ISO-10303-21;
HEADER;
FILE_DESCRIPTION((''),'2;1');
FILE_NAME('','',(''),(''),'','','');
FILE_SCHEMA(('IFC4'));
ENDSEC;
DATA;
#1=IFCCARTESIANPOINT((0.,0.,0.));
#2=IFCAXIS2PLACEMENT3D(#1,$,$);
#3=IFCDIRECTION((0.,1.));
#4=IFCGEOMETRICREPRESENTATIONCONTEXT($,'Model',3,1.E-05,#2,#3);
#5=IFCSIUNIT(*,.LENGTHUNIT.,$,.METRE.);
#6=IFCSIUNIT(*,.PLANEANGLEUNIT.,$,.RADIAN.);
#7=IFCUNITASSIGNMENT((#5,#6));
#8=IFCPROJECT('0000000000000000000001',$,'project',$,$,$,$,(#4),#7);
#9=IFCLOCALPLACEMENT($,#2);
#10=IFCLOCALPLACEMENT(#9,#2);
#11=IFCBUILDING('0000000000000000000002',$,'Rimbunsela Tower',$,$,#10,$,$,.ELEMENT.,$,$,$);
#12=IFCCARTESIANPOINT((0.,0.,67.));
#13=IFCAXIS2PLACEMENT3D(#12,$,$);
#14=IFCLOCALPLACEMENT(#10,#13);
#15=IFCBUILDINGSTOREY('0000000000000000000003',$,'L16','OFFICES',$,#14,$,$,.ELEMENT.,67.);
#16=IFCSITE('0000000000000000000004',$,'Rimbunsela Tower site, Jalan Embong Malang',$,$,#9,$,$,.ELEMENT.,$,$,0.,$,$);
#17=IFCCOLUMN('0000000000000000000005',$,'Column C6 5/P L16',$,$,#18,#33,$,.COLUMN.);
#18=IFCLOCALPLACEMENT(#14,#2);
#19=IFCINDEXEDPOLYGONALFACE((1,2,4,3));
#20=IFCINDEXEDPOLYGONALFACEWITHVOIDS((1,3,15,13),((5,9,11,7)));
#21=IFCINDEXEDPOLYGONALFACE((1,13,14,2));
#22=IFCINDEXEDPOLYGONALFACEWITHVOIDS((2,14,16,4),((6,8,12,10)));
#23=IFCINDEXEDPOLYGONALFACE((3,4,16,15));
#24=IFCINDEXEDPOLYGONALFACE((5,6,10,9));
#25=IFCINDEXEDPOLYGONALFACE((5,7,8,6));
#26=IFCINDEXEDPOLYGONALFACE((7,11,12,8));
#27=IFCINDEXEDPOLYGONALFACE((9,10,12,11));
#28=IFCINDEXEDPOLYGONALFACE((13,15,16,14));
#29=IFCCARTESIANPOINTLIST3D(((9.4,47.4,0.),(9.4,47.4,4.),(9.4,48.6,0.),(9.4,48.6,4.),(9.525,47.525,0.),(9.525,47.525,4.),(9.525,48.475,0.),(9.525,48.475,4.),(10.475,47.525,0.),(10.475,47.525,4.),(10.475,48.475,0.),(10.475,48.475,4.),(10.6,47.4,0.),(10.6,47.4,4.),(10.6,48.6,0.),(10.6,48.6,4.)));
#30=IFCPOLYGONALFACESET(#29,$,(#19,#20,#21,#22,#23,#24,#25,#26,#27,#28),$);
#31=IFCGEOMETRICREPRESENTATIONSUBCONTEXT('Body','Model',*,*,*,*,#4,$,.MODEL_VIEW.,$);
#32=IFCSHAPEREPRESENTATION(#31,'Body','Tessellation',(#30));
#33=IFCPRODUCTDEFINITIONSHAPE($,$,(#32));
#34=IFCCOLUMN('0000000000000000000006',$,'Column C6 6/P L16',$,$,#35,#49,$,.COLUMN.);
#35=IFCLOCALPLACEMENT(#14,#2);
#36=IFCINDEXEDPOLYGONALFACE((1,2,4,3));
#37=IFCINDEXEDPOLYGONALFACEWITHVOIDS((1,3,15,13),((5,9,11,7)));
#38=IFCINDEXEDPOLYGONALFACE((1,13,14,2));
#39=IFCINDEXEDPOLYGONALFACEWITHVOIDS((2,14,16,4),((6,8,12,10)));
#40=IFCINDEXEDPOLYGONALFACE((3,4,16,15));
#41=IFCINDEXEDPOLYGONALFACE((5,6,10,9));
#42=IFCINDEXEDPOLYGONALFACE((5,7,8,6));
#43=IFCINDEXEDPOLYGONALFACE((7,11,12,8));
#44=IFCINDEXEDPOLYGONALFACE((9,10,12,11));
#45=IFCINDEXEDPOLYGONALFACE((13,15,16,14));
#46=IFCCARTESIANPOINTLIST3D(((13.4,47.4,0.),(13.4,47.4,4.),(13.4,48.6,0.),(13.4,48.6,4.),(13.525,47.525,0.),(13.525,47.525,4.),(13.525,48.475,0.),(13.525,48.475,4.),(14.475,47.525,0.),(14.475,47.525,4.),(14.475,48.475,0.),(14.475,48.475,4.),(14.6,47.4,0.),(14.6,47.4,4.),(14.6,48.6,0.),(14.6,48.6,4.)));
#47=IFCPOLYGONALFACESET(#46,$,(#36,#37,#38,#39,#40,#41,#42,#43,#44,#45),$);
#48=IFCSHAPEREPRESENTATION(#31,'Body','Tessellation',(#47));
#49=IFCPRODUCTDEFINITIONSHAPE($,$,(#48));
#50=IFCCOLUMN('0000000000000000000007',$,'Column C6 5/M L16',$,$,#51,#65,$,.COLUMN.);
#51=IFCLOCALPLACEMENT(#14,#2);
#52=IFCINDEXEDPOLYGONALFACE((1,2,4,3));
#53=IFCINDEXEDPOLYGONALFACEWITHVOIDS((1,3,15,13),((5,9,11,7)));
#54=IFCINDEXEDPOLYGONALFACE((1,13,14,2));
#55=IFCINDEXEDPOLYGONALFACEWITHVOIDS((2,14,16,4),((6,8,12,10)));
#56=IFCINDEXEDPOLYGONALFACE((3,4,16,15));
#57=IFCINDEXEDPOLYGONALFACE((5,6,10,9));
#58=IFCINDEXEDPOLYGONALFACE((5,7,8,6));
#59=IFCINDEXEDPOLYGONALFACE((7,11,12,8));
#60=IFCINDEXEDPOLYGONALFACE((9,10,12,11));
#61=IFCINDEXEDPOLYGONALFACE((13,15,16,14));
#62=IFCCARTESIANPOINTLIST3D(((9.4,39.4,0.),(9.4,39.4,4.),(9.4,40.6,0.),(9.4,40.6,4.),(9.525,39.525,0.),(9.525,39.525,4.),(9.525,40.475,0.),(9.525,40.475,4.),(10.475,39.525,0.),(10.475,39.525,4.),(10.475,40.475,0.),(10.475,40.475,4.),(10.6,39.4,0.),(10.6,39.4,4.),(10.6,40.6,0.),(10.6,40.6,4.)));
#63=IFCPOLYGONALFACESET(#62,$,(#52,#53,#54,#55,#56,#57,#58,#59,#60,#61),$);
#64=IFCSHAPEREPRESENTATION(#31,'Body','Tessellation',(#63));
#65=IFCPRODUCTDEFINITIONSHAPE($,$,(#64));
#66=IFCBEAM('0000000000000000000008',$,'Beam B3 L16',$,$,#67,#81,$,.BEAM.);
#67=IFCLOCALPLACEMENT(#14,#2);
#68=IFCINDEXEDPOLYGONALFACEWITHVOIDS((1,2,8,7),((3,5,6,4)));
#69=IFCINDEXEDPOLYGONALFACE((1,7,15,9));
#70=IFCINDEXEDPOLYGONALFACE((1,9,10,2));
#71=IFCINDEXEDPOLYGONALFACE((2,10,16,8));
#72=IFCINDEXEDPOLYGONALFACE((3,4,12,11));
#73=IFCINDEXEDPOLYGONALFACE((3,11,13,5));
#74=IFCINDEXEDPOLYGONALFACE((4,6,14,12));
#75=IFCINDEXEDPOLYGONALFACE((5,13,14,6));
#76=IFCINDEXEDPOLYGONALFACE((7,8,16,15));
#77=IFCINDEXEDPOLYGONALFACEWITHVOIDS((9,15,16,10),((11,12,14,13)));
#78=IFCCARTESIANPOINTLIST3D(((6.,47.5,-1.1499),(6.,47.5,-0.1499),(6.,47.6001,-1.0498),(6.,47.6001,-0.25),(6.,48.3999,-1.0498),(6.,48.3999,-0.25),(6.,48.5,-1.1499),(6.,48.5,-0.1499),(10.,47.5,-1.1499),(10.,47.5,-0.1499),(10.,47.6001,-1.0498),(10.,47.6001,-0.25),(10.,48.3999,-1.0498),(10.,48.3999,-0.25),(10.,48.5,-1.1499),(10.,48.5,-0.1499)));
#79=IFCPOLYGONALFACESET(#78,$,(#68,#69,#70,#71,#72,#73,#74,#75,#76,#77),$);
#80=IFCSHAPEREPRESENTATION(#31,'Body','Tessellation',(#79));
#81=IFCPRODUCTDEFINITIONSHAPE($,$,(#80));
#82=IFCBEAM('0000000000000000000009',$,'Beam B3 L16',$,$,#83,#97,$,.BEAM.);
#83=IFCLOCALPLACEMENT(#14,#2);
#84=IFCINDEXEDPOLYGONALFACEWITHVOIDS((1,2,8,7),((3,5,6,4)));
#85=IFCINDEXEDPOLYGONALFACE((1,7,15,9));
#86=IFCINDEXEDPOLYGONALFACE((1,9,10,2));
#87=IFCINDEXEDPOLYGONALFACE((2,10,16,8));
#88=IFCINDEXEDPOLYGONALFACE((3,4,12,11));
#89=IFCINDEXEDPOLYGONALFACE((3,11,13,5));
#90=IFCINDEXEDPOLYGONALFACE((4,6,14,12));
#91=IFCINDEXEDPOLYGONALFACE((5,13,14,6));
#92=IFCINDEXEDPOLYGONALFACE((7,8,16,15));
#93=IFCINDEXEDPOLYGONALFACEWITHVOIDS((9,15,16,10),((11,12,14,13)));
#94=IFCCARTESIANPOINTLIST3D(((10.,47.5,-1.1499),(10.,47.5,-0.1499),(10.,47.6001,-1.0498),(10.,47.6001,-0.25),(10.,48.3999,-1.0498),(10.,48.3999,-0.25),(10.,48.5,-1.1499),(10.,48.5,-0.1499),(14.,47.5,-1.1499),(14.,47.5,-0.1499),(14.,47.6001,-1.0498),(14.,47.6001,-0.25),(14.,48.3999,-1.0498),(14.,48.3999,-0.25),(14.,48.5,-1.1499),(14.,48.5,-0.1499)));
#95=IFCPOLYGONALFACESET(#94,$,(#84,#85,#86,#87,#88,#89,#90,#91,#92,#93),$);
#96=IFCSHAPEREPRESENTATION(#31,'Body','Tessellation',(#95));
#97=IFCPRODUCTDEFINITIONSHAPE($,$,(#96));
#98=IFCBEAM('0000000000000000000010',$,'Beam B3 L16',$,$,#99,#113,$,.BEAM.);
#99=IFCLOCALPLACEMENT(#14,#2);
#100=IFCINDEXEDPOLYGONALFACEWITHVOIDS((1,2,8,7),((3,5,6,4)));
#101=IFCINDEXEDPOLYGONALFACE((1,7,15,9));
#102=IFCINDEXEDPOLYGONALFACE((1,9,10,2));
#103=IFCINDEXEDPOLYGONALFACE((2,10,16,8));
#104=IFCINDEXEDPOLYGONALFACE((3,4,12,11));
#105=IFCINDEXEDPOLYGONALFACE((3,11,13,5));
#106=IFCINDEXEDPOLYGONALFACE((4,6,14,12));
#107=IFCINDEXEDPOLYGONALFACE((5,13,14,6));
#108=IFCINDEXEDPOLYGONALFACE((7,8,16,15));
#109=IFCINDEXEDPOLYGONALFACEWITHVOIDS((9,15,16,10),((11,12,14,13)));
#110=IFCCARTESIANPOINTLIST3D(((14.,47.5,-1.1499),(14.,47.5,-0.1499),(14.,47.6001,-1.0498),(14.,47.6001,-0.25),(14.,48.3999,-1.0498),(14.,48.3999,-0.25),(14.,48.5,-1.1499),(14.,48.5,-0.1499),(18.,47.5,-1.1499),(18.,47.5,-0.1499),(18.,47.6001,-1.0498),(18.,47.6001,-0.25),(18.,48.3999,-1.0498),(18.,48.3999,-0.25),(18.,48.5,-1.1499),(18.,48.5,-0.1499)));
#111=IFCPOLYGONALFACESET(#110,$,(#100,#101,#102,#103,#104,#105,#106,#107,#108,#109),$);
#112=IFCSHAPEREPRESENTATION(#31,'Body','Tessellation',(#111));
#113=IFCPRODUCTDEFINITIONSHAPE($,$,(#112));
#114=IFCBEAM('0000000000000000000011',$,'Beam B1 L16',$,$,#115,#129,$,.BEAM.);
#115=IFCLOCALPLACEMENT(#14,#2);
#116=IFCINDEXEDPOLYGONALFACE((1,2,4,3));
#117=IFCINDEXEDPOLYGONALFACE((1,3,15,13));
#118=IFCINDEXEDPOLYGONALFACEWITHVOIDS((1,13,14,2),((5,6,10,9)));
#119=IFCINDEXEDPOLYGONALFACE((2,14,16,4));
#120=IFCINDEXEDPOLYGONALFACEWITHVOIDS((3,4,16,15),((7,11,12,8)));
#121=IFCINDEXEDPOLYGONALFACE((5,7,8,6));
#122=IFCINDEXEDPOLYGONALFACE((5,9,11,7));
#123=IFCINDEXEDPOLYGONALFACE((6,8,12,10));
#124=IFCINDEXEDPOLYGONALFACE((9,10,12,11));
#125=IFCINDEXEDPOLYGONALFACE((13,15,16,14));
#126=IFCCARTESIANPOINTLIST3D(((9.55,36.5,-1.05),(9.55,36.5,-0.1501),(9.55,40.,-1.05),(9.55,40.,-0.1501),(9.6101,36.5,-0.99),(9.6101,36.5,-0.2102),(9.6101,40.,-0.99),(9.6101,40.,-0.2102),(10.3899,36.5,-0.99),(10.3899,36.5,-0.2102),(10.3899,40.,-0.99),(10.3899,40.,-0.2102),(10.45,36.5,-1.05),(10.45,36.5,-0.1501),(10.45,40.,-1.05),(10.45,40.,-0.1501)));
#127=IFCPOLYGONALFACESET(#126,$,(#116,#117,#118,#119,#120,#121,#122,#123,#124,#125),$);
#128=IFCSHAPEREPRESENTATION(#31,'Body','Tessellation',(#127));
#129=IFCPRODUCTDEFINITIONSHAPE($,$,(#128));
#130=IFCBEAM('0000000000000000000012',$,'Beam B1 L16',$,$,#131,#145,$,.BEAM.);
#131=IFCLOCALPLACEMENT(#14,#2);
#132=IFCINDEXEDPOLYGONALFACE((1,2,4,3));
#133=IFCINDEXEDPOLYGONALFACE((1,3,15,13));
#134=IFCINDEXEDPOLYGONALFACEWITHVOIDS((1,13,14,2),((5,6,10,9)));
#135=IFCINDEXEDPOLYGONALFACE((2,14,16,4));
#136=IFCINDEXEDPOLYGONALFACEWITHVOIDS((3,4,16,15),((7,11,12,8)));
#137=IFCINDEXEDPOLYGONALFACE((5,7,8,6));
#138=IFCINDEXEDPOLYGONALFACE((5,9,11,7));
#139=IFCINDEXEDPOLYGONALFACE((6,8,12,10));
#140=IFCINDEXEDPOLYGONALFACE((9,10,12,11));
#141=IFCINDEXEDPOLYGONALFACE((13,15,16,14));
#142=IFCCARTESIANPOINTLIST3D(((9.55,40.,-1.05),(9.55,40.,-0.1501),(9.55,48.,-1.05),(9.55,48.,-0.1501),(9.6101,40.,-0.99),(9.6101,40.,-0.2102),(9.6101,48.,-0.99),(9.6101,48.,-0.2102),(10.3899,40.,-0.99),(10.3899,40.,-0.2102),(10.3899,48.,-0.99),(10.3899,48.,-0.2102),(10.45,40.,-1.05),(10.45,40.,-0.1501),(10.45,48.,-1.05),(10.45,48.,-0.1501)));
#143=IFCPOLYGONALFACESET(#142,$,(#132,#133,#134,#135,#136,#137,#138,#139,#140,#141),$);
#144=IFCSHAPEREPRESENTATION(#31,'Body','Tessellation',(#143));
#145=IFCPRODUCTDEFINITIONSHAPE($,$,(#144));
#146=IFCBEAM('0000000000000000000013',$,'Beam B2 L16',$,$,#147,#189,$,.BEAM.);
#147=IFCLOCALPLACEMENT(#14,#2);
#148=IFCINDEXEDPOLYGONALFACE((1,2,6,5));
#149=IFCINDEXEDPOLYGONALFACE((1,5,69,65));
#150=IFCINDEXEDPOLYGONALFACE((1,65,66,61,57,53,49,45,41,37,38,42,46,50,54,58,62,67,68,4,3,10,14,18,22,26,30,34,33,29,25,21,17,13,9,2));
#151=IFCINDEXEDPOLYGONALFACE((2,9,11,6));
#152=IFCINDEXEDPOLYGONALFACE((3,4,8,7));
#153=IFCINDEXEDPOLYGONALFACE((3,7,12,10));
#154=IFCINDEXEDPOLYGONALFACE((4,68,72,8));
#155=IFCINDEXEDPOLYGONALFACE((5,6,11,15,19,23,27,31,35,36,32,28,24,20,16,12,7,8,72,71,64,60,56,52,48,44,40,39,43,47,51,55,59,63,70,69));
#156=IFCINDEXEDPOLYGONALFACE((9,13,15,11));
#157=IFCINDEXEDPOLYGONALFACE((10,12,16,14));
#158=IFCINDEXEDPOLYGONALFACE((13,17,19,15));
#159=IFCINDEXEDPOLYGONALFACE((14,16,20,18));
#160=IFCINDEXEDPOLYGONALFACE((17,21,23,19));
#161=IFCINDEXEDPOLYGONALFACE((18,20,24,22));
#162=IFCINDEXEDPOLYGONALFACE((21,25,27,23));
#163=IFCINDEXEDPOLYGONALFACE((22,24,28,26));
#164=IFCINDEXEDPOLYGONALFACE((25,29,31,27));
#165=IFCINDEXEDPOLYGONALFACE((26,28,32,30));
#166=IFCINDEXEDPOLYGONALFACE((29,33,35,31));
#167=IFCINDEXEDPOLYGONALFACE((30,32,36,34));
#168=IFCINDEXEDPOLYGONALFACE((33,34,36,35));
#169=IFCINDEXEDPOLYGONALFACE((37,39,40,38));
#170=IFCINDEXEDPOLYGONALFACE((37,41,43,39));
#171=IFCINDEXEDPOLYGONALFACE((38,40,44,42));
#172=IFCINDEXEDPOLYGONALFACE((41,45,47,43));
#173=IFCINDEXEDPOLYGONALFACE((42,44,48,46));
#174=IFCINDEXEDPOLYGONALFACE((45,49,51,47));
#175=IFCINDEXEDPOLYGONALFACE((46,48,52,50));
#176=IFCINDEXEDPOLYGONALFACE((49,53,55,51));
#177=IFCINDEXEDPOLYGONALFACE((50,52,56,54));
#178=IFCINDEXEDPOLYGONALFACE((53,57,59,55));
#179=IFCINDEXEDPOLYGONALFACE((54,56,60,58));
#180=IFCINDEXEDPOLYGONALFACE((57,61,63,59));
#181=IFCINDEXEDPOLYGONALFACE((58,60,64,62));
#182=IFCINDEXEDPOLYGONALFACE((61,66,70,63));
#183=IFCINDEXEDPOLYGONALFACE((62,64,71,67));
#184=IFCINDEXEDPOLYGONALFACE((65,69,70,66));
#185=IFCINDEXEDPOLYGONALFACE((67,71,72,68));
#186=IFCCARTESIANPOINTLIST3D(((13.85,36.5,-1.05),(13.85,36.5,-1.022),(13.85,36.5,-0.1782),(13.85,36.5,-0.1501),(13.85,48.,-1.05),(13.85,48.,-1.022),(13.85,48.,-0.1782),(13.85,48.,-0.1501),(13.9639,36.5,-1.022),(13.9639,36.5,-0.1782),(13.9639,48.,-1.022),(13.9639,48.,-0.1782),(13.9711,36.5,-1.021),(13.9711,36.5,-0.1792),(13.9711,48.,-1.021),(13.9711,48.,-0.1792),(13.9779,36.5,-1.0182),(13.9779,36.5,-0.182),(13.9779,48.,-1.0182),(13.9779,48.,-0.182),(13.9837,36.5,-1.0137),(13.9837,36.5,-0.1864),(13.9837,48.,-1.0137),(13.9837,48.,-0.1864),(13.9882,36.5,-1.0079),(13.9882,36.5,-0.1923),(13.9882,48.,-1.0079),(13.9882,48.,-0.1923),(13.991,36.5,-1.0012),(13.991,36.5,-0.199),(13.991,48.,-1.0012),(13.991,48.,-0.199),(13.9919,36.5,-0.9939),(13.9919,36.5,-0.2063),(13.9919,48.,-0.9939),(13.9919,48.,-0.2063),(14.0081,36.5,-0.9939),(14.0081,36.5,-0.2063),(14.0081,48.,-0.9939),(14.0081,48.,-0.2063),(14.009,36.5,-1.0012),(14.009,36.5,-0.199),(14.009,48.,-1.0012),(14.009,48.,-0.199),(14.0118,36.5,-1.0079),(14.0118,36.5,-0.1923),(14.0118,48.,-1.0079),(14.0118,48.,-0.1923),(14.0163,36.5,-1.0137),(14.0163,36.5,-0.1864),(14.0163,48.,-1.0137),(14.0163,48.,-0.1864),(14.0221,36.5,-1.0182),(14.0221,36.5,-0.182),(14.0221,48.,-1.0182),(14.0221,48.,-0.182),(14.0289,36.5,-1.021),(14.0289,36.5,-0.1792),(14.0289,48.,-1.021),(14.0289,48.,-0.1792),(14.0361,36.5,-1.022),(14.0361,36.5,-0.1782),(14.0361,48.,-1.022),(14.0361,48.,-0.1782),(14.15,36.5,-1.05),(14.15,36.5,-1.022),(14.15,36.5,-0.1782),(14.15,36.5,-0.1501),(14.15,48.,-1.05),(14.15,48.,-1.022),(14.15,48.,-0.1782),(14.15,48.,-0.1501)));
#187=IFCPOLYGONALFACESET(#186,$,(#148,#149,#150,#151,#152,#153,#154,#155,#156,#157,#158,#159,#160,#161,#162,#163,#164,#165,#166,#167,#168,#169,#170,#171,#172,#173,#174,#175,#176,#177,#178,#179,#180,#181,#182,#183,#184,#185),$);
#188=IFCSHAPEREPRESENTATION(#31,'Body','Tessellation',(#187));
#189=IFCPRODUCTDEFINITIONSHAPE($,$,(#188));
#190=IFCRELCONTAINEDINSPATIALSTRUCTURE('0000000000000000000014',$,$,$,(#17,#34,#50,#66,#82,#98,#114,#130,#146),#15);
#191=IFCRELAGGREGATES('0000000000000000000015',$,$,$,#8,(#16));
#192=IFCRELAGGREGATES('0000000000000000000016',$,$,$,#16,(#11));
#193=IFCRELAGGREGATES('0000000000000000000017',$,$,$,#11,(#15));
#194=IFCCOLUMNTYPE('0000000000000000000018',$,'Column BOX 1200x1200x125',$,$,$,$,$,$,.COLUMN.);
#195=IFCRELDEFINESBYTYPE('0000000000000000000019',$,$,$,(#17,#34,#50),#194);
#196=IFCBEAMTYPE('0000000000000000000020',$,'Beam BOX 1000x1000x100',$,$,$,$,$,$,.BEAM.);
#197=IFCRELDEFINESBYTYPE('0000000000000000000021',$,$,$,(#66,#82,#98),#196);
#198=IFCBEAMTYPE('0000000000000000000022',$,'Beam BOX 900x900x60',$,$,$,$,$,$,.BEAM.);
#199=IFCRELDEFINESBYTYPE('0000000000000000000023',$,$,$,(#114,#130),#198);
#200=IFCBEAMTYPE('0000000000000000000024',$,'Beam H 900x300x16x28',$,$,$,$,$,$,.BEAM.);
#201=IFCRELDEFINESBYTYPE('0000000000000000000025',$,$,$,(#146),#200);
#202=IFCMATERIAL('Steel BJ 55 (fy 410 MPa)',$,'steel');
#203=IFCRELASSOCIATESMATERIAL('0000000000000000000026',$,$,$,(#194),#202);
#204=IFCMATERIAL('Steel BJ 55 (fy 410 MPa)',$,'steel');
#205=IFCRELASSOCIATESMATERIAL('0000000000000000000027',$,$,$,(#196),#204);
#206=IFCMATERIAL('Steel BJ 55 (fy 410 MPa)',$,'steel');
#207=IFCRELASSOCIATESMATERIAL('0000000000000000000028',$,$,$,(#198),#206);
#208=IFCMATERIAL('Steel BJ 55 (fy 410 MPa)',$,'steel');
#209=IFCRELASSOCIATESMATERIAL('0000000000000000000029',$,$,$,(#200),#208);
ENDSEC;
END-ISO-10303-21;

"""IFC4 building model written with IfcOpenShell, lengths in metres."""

from ifc_helpers import new_model, si_unit, direction, frame, origin, origin_2d, place, context, subcontext, project, spatial, hollow_rectangle, i_section, extrude, material, material_profile, profile_set, type_object, element, save


model = new_model("IFC4")

# Units and contexts
model_context = context("Model", 3, precision=1e-05, world=origin(), true_north=direction((0.0, 1.0)))
body_context = subcontext(model_context, "Body", "Model", "MODEL_VIEW")
ifc_project = project(units=[si_unit("LENGTHUNIT", "METRE"), si_unit("PLANEANGLEUNIT", "RADIAN")], contexts=[model_context])

# Site, building, storey
site_placement = place(None, origin())
site = spatial("IfcSite", under=ifc_project, at=site_placement, Name="Rimbunsela Tower site, Jalan Embong Malang", CompositionType="ELEMENT", RefElevation=0.0)
building_placement = place(site_placement, origin())
building = spatial("IfcBuilding", under=site, at=building_placement, Name="Rimbunsela Tower", CompositionType="ELEMENT")
storey_placement = place(building_placement, frame((0.0, 0.0, 67.0)))
storey = spatial("IfcBuildingStorey", under=building, at=storey_placement, Name="L16", Description="OFFICES", CompositionType="ELEMENT", Elevation=67.0)

# Columns
ifc_material_1 = material(Name="Steel BJ 55 (fy 410 MPa)", Category="steel")
ifc_material_profile_1 = material_profile(ifc_material_1, hollow_rectangle(XDim=1.2, YDim=1.2, WallThickness=0.125, at=origin_2d()), Name="BOX 1200x1200x125")
ifc_profile_set_1 = profile_set([ifc_material_profile_1], Name="Steel BJ 55 (fy 410 MPa)")
column_type = type_object("IfcColumnType", Name="Column BOX 1200x1200x125", PredefinedType="COLUMN", material=ifc_profile_set_1)
for number, where, z_axis, x_axis, name in (
    (1, (10.0, 48.0, 0.0), (0.0, 0.0, 1.0), (1.0, 0.0, 0.0), "Column C6 5/P L16"),
    (2, (14.0, 48.0, 0.0), (0.0, 0.0, 1.0), (1.0, 0.0, 0.0), "Column C6 6/P L16"),
    (3, (10.0, 40.0, 0.0), (0.0, 0.0, 1.0), (1.0, 0.0, 0.0), "Column C6 5/M L16"),
):
    element("IfcColumn", number, at=place(storey_placement, frame(where, z_axis=z_axis, x_axis=x_axis)), inside=storey, type_object=column_type, Name=name, PredefinedType="COLUMN", context=body_context, shape_type="SweptSolid", body=[
        extrude(hollow_rectangle(XDim=1.2, YDim=1.2, WallThickness=0.125, at=origin_2d()), origin(), (0.0, 0.0, 1.0), 4.0),
    ])

# Beams
ifc_material_2 = material(Name="Steel BJ 55 (fy 410 MPa)", Category="steel")
ifc_material_profile_2 = material_profile(ifc_material_2, hollow_rectangle(XDim=1.0, YDim=1.0, WallThickness=0.1001, at=origin_2d()), Name="BOX 1000x1000x100")
ifc_profile_set_2 = profile_set([ifc_material_profile_2], Name="Steel BJ 55 (fy 410 MPa)")
beam_type_1 = type_object("IfcBeamType", Name="Beam BOX 1000x1000x100", PredefinedType="BEAM", material=ifc_profile_set_2)
for number, where, z_axis, x_axis, name in (
    (4, (6.0, 48.0, -0.6499), (1.0, 0.0, 0.0), (0.0, 1.0, 0.0), "Beam B3 L16"),
    (5, (10.0, 48.0, -0.6499), (1.0, 0.0, 0.0), (0.0, 1.0, 0.0), "Beam B3 L16"),
    (6, (14.0, 48.0, -0.6499), (1.0, 0.0, 0.0), (0.0, 1.0, 0.0), "Beam B3 L16"),
):
    element("IfcBeam", number, at=place(storey_placement, frame(where, z_axis=z_axis, x_axis=x_axis)), inside=storey, type_object=beam_type_1, Name=name, PredefinedType="BEAM", context=body_context, shape_type="SweptSolid", body=[
        extrude(hollow_rectangle(XDim=1.0, YDim=1.0, WallThickness=0.1001, at=origin_2d()), origin(), (0.0, 0.0, 1.0), 4.0),
    ])
ifc_material_3 = material(Name="Steel BJ 55 (fy 410 MPa)", Category="steel")
ifc_material_profile_3 = material_profile(ifc_material_3, hollow_rectangle(XDim=0.8999, YDim=0.8999, WallThickness=0.0601, at=origin_2d()), Name="BOX 900x900x60")
ifc_profile_set_3 = profile_set([ifc_material_profile_3], Name="Steel BJ 55 (fy 410 MPa)")
beam_type_2 = type_object("IfcBeamType", Name="Beam BOX 900x900x60", PredefinedType="BEAM", material=ifc_profile_set_3)
beam_1_placement = place(storey_placement, frame((10.0, 36.5, -0.6001), z_axis=(0.0, 1.0, 0.0), x_axis=(-1.0, 0.0, 0.0)))
element("IfcBeam", 7, at=beam_1_placement, inside=storey, type_object=beam_type_2, Name="Beam B1 L16", PredefinedType="BEAM", context=body_context, shape_type="SweptSolid", body=[
    extrude(hollow_rectangle(XDim=0.8999, YDim=0.8999, WallThickness=0.0601, at=origin_2d()), origin(), (0.0, 0.0, 1.0), 3.5),
])
beam_2_placement = place(storey_placement, frame((10.0, 40.0, -0.6001), z_axis=(0.0, 1.0, 0.0), x_axis=(-1.0, 0.0, 0.0)))
element("IfcBeam", 8, at=beam_2_placement, inside=storey, type_object=beam_type_2, Name="Beam B1 L16", PredefinedType="BEAM", context=body_context, shape_type="SweptSolid", body=[
    extrude(hollow_rectangle(XDim=0.8999, YDim=0.8999, WallThickness=0.0601, at=origin_2d()), origin(), (0.0, 0.0, 1.0), 8.0),
])
ifc_material_4 = material(Name="Steel BJ 55 (fy 410 MPa)", Category="steel")
ifc_material_profile_4 = material_profile(ifc_material_4, i_section(OverallWidth=0.3, OverallDepth=0.8999, WebThickness=0.0161, FlangeThickness=0.0281, FilletRadius=0.0281, at=origin_2d()), Name="H 900x300x16x28")
ifc_profile_set_4 = profile_set([ifc_material_profile_4], Name="Steel BJ 55 (fy 410 MPa)")
beam_type_3 = type_object("IfcBeamType", Name="Beam H 900x300x16x28", PredefinedType="BEAM", material=ifc_profile_set_4)
beam_3_placement = place(storey_placement, frame((14.0, 36.5, -0.6001), z_axis=(0.0, 1.0, 0.0), x_axis=(-1.0, 0.0, 0.0)))
element("IfcBeam", 9, at=beam_3_placement, inside=storey, type_object=beam_type_3, Name="Beam B2 L16", PredefinedType="BEAM", context=body_context, shape_type="SweptSolid", body=[
    extrude(i_section(OverallWidth=0.3, OverallDepth=0.8999, WebThickness=0.0161, FlangeThickness=0.0281, FilletRadius=0.0281, at=origin_2d()), origin(), (0.0, 0.0, 1.0), 11.5),
])

save(model, "model.ifc")
